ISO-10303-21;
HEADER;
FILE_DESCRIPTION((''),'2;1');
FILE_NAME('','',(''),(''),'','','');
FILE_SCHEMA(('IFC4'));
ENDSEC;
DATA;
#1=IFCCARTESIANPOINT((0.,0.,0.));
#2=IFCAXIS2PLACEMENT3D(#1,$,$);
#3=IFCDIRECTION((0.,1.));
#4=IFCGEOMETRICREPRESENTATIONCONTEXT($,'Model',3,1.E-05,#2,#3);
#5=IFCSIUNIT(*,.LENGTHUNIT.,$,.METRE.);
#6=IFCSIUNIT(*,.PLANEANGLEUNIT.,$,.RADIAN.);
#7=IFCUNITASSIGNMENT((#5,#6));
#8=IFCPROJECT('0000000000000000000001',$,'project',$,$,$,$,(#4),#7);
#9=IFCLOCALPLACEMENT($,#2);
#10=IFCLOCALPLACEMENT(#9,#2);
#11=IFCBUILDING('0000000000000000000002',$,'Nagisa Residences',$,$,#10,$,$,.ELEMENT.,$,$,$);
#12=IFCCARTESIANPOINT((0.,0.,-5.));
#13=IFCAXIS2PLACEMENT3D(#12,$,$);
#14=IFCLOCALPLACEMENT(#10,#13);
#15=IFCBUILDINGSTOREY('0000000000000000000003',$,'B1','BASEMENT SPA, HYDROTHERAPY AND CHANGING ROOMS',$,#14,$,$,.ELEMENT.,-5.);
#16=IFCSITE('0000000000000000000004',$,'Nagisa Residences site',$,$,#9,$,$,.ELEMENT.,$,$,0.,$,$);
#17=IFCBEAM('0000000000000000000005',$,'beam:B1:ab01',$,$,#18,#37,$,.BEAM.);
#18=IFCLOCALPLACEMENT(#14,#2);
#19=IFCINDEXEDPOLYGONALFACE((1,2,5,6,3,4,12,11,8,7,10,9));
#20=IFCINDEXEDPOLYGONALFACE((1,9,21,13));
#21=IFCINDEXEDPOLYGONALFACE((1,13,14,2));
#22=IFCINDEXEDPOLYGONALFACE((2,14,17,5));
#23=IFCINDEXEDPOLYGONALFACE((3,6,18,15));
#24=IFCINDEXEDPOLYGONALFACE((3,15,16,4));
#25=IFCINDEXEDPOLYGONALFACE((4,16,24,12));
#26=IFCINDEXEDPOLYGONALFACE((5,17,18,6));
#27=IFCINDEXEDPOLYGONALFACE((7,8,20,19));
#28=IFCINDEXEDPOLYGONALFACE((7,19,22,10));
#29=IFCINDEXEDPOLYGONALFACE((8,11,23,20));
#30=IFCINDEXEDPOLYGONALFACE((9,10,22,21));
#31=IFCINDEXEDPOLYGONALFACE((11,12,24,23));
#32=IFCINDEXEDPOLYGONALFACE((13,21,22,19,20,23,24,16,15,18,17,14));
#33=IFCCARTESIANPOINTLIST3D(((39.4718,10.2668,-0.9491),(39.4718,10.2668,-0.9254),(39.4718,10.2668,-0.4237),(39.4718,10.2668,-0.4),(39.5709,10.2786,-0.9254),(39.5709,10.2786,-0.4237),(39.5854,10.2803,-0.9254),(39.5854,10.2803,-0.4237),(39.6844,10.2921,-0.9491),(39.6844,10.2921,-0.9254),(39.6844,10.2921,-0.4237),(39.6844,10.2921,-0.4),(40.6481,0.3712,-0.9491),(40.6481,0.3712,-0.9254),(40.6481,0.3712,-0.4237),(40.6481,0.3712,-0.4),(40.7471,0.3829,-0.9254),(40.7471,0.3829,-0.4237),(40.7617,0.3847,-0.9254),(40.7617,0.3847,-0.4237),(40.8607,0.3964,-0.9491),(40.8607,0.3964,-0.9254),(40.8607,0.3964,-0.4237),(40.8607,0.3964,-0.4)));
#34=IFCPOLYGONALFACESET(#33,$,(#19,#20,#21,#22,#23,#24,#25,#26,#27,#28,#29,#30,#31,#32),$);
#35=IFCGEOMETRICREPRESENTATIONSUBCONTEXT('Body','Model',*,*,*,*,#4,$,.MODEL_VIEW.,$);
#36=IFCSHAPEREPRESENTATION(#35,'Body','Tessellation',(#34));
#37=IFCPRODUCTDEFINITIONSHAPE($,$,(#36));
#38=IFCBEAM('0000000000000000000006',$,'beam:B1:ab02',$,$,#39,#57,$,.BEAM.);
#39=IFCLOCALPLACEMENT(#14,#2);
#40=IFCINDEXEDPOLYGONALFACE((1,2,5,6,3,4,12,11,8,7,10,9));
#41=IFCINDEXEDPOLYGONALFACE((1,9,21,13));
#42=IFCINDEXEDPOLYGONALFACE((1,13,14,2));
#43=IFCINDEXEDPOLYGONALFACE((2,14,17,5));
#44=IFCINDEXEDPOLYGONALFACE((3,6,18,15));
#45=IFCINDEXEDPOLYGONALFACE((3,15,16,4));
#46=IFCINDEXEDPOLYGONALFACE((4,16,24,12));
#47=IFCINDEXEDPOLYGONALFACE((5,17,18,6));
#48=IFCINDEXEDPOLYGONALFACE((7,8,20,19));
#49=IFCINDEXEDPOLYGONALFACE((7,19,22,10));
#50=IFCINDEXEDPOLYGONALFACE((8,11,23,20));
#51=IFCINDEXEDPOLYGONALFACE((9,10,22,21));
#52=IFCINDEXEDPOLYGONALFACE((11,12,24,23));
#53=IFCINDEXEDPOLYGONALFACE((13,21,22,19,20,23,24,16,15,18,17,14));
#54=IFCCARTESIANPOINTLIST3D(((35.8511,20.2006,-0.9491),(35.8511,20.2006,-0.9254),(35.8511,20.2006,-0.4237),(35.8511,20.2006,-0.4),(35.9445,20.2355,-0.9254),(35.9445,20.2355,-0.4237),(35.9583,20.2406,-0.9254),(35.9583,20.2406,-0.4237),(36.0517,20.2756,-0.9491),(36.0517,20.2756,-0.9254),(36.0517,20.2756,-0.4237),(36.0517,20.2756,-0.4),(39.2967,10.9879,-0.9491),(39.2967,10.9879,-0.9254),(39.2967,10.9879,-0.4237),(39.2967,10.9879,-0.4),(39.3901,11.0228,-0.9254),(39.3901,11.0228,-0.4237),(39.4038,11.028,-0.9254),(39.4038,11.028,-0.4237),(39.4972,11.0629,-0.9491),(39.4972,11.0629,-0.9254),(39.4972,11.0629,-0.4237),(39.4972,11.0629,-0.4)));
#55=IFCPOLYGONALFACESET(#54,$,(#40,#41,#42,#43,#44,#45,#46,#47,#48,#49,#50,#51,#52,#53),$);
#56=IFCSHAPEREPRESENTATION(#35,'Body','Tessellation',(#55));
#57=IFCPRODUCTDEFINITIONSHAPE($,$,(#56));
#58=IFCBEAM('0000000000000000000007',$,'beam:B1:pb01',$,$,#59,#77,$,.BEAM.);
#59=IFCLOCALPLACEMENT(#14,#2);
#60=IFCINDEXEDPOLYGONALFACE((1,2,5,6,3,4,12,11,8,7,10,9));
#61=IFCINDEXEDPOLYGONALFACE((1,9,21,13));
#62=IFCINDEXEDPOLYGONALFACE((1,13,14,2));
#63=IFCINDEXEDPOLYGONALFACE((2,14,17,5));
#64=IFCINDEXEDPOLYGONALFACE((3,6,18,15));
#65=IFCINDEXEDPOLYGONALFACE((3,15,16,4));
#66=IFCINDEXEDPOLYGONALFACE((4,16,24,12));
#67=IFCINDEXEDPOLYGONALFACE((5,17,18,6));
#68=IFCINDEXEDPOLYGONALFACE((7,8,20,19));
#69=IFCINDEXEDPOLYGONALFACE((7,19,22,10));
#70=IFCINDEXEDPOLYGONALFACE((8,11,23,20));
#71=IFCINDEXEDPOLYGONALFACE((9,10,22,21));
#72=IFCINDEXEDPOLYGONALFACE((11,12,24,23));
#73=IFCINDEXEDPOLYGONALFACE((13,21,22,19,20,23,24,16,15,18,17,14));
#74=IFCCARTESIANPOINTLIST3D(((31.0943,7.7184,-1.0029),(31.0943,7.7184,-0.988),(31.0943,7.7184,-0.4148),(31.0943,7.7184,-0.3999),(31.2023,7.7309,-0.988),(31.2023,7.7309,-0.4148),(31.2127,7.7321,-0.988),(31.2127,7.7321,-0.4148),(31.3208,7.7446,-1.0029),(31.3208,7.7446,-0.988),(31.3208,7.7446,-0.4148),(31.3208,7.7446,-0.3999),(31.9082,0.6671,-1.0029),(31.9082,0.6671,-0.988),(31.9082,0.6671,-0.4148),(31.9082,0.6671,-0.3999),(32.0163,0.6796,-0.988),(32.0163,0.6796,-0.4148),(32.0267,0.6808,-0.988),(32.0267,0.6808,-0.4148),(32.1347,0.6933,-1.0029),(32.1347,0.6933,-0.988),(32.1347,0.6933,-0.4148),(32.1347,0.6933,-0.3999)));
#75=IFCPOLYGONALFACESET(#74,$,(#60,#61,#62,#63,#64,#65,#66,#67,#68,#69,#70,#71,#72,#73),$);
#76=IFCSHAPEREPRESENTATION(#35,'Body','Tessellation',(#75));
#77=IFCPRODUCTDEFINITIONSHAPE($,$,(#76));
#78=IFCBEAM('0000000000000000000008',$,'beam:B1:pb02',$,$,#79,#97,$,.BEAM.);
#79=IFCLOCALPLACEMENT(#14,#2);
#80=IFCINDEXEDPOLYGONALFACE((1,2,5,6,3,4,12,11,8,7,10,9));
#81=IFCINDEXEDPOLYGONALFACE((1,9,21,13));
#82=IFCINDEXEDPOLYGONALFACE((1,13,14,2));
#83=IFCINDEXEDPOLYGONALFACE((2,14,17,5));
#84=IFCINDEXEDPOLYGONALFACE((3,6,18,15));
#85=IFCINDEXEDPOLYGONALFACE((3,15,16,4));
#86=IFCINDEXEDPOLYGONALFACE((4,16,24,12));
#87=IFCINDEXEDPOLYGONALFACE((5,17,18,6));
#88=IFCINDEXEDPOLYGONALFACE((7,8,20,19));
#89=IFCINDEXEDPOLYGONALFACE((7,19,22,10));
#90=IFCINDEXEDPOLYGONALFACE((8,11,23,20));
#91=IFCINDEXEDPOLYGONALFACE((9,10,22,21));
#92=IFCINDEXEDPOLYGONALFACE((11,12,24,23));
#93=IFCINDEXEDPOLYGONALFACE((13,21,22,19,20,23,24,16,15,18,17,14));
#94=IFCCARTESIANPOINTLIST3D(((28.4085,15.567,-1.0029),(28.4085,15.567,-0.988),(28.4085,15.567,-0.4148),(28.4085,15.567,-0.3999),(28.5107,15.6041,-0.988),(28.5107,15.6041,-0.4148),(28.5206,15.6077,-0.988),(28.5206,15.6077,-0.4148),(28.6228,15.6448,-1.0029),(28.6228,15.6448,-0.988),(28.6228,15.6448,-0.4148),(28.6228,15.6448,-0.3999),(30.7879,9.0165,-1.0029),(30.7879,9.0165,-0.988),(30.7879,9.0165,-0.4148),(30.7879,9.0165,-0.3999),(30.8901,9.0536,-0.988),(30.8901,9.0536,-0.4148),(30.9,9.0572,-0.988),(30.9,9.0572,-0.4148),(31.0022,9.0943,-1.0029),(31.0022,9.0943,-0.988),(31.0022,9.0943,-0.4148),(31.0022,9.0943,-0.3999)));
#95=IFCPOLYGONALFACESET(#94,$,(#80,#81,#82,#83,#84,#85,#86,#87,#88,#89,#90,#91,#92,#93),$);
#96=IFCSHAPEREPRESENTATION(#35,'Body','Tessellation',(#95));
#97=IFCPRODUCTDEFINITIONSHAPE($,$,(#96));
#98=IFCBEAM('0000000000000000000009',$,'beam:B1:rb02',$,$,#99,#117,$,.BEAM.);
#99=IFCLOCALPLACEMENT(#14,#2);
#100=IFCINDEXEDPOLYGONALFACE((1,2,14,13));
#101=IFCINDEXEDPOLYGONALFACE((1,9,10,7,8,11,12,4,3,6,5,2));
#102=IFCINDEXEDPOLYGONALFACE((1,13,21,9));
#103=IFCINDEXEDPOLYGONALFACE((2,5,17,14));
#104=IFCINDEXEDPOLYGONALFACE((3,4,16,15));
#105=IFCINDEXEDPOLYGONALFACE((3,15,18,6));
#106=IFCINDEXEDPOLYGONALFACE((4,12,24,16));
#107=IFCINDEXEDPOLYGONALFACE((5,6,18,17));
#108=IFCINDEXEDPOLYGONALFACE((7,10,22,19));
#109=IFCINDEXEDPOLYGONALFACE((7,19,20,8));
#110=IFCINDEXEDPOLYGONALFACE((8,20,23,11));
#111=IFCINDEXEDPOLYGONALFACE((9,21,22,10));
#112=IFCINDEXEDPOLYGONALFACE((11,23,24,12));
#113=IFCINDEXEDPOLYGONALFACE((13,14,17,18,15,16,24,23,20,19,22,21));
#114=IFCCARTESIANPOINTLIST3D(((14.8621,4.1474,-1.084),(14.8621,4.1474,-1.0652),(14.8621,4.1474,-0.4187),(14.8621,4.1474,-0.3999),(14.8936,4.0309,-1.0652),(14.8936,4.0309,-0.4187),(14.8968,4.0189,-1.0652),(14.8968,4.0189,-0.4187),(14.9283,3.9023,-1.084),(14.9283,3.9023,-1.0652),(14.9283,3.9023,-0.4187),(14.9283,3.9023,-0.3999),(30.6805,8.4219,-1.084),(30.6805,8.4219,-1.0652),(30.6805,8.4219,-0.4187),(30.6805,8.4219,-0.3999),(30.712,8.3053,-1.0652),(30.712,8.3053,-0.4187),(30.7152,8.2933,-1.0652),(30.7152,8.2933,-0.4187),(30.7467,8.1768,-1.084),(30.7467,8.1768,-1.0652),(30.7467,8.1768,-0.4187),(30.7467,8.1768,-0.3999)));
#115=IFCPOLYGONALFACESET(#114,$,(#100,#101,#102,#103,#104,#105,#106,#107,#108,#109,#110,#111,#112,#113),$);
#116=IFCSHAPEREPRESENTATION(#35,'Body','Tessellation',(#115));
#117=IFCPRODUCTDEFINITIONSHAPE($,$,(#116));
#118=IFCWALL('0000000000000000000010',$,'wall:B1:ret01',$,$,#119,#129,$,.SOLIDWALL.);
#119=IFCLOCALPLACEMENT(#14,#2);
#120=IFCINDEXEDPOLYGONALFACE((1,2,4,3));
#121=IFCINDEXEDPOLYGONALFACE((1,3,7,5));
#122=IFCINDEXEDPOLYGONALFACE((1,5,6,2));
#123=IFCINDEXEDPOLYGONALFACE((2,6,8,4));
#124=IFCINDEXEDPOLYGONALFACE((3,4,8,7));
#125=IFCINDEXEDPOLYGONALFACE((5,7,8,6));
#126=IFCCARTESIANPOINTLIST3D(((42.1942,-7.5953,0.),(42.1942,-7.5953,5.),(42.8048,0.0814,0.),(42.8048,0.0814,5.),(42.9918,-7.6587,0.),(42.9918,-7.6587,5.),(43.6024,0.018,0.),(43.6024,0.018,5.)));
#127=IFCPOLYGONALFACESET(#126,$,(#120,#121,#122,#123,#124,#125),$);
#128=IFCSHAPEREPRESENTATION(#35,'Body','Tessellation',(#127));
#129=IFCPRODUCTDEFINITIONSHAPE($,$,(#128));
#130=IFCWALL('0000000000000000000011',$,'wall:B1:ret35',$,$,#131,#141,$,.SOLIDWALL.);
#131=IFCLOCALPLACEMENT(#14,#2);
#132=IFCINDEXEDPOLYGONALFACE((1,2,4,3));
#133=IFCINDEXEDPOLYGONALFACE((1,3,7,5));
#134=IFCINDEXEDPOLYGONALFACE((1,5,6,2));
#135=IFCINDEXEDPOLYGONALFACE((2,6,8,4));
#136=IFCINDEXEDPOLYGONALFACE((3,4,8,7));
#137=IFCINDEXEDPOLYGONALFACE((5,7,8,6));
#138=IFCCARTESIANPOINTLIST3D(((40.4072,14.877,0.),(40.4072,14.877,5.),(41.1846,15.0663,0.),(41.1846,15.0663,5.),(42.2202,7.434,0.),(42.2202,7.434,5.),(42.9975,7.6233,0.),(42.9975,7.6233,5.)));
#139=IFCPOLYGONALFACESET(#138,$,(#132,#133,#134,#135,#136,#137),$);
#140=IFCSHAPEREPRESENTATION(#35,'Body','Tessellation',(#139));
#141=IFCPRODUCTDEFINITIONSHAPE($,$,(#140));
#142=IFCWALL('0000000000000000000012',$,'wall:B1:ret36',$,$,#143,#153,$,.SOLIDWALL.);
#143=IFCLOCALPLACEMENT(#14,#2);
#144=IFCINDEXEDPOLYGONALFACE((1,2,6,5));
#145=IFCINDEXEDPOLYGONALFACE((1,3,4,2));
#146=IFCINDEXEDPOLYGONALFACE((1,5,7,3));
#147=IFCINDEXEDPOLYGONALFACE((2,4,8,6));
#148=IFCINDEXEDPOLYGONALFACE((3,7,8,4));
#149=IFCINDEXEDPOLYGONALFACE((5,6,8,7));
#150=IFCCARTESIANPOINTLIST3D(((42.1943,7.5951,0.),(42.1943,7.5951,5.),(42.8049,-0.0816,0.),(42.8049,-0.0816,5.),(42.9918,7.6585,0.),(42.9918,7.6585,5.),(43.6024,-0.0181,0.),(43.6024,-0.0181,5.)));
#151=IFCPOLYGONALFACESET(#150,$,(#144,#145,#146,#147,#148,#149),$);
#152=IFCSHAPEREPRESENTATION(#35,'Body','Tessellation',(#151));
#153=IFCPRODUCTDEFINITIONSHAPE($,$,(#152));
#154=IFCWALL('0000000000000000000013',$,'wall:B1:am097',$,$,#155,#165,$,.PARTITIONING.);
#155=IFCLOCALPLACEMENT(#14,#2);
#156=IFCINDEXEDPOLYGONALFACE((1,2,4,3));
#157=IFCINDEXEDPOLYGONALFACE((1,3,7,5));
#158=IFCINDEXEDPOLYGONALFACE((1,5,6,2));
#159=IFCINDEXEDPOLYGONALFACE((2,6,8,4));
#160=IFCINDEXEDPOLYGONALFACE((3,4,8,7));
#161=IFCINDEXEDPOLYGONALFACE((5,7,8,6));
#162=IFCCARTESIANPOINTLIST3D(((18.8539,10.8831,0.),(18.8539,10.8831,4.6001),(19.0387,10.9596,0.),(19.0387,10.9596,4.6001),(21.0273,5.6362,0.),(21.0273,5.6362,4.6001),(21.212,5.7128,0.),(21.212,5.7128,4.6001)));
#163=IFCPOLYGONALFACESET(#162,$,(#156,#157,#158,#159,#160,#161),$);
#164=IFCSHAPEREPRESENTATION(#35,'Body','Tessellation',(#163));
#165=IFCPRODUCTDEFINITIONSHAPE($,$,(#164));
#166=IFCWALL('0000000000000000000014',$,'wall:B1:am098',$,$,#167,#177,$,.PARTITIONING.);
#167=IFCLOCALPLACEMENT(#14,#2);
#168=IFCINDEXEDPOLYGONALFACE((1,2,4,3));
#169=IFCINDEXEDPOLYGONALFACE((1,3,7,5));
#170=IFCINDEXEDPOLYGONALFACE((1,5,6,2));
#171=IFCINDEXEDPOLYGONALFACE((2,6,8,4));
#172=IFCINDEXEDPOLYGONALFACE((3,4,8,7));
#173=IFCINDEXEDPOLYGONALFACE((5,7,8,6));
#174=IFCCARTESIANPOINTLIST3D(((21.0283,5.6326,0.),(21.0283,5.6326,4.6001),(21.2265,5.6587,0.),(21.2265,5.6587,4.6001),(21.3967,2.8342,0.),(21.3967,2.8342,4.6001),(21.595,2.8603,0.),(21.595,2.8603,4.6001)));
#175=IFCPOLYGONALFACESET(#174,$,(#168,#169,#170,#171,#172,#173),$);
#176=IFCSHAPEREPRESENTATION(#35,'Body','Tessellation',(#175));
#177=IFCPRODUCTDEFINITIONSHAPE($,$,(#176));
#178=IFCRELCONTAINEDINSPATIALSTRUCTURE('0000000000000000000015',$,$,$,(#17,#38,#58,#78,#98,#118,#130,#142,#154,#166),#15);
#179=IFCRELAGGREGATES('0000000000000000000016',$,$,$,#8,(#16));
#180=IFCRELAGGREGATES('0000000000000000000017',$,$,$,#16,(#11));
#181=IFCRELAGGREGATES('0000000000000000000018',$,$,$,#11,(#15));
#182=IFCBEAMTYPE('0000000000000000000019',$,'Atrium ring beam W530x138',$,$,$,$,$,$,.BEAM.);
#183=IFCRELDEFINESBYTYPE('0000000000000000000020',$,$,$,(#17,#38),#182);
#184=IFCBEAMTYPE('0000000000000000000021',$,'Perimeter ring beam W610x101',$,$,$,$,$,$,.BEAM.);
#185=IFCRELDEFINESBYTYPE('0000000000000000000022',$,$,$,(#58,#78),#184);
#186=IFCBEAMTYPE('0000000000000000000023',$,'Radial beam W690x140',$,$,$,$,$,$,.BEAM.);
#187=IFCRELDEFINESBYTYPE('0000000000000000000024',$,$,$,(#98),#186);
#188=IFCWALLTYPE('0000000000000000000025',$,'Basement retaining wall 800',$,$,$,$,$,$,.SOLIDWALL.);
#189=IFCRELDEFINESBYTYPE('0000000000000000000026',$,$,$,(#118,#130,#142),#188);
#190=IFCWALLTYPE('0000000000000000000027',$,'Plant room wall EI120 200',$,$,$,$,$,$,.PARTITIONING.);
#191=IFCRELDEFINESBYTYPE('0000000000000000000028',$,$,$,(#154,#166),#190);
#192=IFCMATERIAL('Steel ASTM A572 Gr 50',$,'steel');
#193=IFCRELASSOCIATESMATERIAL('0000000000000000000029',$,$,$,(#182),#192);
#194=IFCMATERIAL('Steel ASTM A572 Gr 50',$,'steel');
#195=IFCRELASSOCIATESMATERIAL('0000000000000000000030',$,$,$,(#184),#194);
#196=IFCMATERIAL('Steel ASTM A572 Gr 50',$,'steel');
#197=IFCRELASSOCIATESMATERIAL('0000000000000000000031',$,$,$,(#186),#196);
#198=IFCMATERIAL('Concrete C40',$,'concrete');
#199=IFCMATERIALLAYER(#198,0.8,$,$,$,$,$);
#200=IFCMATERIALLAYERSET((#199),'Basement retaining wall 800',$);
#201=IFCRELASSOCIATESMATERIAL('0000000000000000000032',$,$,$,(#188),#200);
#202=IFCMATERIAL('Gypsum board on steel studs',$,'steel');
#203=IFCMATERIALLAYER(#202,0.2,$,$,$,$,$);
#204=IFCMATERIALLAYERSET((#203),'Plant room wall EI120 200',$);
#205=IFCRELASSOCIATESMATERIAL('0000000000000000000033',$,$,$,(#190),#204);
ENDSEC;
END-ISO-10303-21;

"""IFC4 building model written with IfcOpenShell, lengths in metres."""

from ifc_helpers import new_model, si_unit, direction, frame, frame_2d, origin, origin_2d, place, context, subcontext, project, spatial, rectangle, i_section, extrude, material, layer, layer_set, material_profile, profile_set, type_object, element, save


model = new_model("IFC4")

# Units and contexts
model_context = context("Model", 3, precision=1e-05, world=origin(), true_north=direction((0.0, 1.0)))
body_context = subcontext(model_context, "Body", "Model", "MODEL_VIEW")
ifc_project = project(units=[si_unit("LENGTHUNIT", "METRE"), si_unit("PLANEANGLEUNIT", "RADIAN")], contexts=[model_context])

# Site, building, storey
site_placement = place(None, origin())
site = spatial("IfcSite", under=ifc_project, at=site_placement, Name="Nagisa Residences site", CompositionType="ELEMENT", RefElevation=0.0)
building_placement = place(site_placement, origin())
building = spatial("IfcBuilding", under=site, at=building_placement, Name="Nagisa Residences", CompositionType="ELEMENT")
storey_placement = place(building_placement, frame((0.0, 0.0, -5.0)))
storey = spatial("IfcBuildingStorey", under=building, at=storey_placement, Name="B1", Description="BASEMENT SPA, HYDROTHERAPY AND CHANGING ROOMS", CompositionType="ELEMENT", Elevation=-5.0)

# Beams
ifc_material_1 = material(Name="Steel ASTM A572 Gr 50", Category="steel")
ifc_material_profile_1 = material_profile(ifc_material_1, i_section(OverallWidth=0.2141, OverallDepth=0.5491, WebThickness=0.0146, FlangeThickness=0.0237, at=origin_2d()), Name="W530x138")
ifc_profile_set_1 = profile_set([ifc_material_profile_1], Name="Steel ASTM A572 Gr 50")
beam_type_1 = type_object("IfcBeamType", Name="Atrium ring beam W530x138", PredefinedType="BEAM", material=ifc_profile_set_1)
beam_1_placement = place(storey_placement, frame((40.7544, 0.3838, -0.6746), z_axis=(-0.118035, 0.993009, 0.0), x_axis=(-0.993009, -0.118035, 0.0)))
element("IfcBeam", 1, at=beam_1_placement, inside=storey, type_object=beam_type_1, Name="beam:B1:ab01", PredefinedType="BEAM", context=body_context, shape_type="SweptSolid", body=[
    extrude(i_section(OverallWidth=0.2141, OverallDepth=0.5491, WebThickness=0.0146, FlangeThickness=0.0237, at=origin_2d()), origin(), (0.0, 0.0, 1.0), 9.9653),
])
beam_2_placement = place(storey_placement, frame((39.397, 11.0254, -0.6746), z_axis=(-0.350305, 0.936636, 0.0), x_axis=(-0.936636, -0.350305, 0.0)))
element("IfcBeam", 2, at=beam_2_placement, inside=storey, type_object=beam_type_1, Name="beam:B1:ab02", PredefinedType="BEAM", context=body_context, shape_type="SweptSolid", body=[
    extrude(i_section(OverallWidth=0.2141, OverallDepth=0.5491, WebThickness=0.0146, FlangeThickness=0.0237, at=origin_2d()), origin(), (0.0, 0.0, 1.0), 9.8359),
])
ifc_material_2 = material(Name="Steel ASTM A572 Gr 50", Category="steel")
ifc_material_profile_2 = material_profile(ifc_material_2, i_section(OverallWidth=0.228, OverallDepth=0.603, WebThickness=0.0105, FlangeThickness=0.0149, at=origin_2d()), Name="W610x101")
ifc_profile_set_2 = profile_set([ifc_material_profile_2], Name="Steel ASTM A572 Gr 50")
beam_type_2 = type_object("IfcBeamType", Name="Perimeter ring beam W610x101", PredefinedType="BEAM", material=ifc_profile_set_2)
beam_3_placement = place(storey_placement, frame((32.0215, 0.6802, -0.7014), z_axis=(-0.114674, 0.993403, 0.0), x_axis=(-0.993403, -0.114674, 0.0)))
element("IfcBeam", 3, at=beam_3_placement, inside=storey, type_object=beam_type_2, Name="beam:B1:pb01", PredefinedType="BEAM", context=body_context, shape_type="SweptSolid", body=[
    extrude(i_section(OverallWidth=0.228, OverallDepth=0.603, WebThickness=0.0105, FlangeThickness=0.0149, at=origin_2d()), origin(), (0.0, 0.0, 1.0), 7.0981),
])
beam_4_placement = place(storey_placement, frame((30.895, 9.0554, -0.7014), z_axis=(-0.341411, 0.939914, 0.0), x_axis=(-0.939914, -0.341411, 0.0)))
element("IfcBeam", 4, at=beam_4_placement, inside=storey, type_object=beam_type_2, Name="beam:B1:pb02", PredefinedType="BEAM", context=body_context, shape_type="SweptSolid", body=[
    extrude(i_section(OverallWidth=0.228, OverallDepth=0.603, WebThickness=0.0105, FlangeThickness=0.0149, at=origin_2d()), origin(), (0.0, 0.0, 1.0), 6.9692),
])
ifc_material_3 = material(Name="Steel ASTM A572 Gr 50", Category="steel")
ifc_material_profile_3 = material_profile(ifc_material_3, i_section(OverallWidth=0.2539, OverallDepth=0.6841, WebThickness=0.0125, FlangeThickness=0.0188, at=origin_2d()), Name="W690x140")
ifc_profile_set_3 = profile_set([ifc_material_profile_3], Name="Steel ASTM A572 Gr 50")
beam_type_3 = type_object("IfcBeamType", Name="Radial beam W690x140", PredefinedType="BEAM", material=ifc_profile_set_3)
beam_5_placement = place(storey_placement, frame((30.7136, 8.2993, -0.7419), z_axis=(-0.965376, -0.260862, 0.0), x_axis=(0.260862, -0.965376, 0.0)))
element("IfcBeam", 5, at=beam_5_placement, inside=storey, type_object=beam_type_3, Name="beam:B1:rb02", PredefinedType="BEAM", context=body_context, shape_type="SweptSolid", body=[
    extrude(i_section(OverallWidth=0.2539, OverallDepth=0.6841, WebThickness=0.0125, FlangeThickness=0.0188, at=origin_2d()), origin(), (0.0, 0.0, 1.0), 16.3857),
])

# Walls
ifc_material_4 = material(Name="Concrete C40", Category="concrete")
ifc_layer_1 = layer(ifc_material_4, 0.8)
ifc_layer_set_1 = layer_set([ifc_layer_1], Name="Basement retaining wall 800")
wall_type_1 = type_object("IfcWallType", Name="Basement retaining wall 800", PredefinedType="SOLIDWALL", material=ifc_layer_set_1)
wall_1_placement = place(storey_placement, frame((43.2036, 0.0498, 0.0), z_axis=(0.0, 0.0, 1.0), x_axis=(-0.079288, -0.996852, 0.0)))
element("IfcWall", 6, at=wall_1_placement, inside=storey, type_object=wall_type_1, Name="wall:B1:ret01", PredefinedType="SOLIDWALL", context=body_context, shape_type="SweptSolid", body=[
    extrude(rectangle(XDim=7.7009, YDim=0.8, at=frame_2d((3.8506, 0.0))), origin(), (0.0, 0.0, 1.0), 5.0),
])
wall_2_placement = place(storey_placement, frame((40.7959, 14.9717, 0.0), z_axis=(0.0, 0.0, 1.0), x_axis=(0.23666, -0.971593, 0.0)))
element("IfcWall", 7, at=wall_2_placement, inside=storey, type_object=wall_type_1, Name="wall:B1:ret35", PredefinedType="SOLIDWALL", context=body_context, shape_type="SweptSolid", body=[
    extrude(rectangle(XDim=7.6606, YDim=0.8, at=frame_2d((3.8303, 0.0))), origin(), (0.0, 0.0, 1.0), 5.0),
])
wall_3_placement = place(storey_placement, frame((42.593, 7.627, 0.0), z_axis=(0.0, 0.0, 1.0), x_axis=(0.079288, -0.996852, 0.0)))
element("IfcWall", 8, at=wall_3_placement, inside=storey, type_object=wall_type_1, Name="wall:B1:ret36", PredefinedType="SOLIDWALL", context=body_context, shape_type="SweptSolid", body=[
    extrude(rectangle(XDim=7.7009, YDim=0.8, at=frame_2d((3.8506, 0.0))), origin(), (0.0, 0.0, 1.0), 5.0),
])
ifc_material_5 = material(Name="Gypsum board on steel studs", Category="steel")
ifc_layer_2 = layer(ifc_material_5, 0.2)
ifc_layer_set_2 = layer_set([ifc_layer_2], Name="Plant room wall EI120 200")
wall_type_2 = type_object("IfcWallType", Name="Plant room wall EI120 200", PredefinedType="PARTITIONING", material=ifc_layer_set_2)
wall_4_placement = place(storey_placement, frame((18.9463, 10.9214, 0.0), z_axis=(0.0, 0.0, 1.0), x_axis=(0.382688, -0.923877, 0.0)))
element("IfcWall", 9, at=wall_4_placement, inside=storey, type_object=wall_type_2, Name="wall:B1:am097", PredefinedType="PARTITIONING", context=body_context, shape_type="SweptSolid", body=[
    extrude(rectangle(XDim=5.6792, YDim=0.2, at=frame_2d((2.8396, 0.0))), origin(), (0.0, 0.0, 1.0), 4.6001),
])
wall_5_placement = place(storey_placement, frame((21.1274, 5.6455, 0.0), z_axis=(0.0, 0.0, 1.0), x_axis=(0.130526, -0.991445, 0.0)))
element("IfcWall", 10, at=wall_5_placement, inside=storey, type_object=wall_type_2, Name="wall:B1:am098", PredefinedType="PARTITIONING", context=body_context, shape_type="SweptSolid", body=[
    extrude(rectangle(XDim=2.8225, YDim=0.2, at=frame_2d((1.4111, 0.0))), origin(), (0.0, 0.0, 1.0), 4.6001),
])

save(model, "model.ifc")
